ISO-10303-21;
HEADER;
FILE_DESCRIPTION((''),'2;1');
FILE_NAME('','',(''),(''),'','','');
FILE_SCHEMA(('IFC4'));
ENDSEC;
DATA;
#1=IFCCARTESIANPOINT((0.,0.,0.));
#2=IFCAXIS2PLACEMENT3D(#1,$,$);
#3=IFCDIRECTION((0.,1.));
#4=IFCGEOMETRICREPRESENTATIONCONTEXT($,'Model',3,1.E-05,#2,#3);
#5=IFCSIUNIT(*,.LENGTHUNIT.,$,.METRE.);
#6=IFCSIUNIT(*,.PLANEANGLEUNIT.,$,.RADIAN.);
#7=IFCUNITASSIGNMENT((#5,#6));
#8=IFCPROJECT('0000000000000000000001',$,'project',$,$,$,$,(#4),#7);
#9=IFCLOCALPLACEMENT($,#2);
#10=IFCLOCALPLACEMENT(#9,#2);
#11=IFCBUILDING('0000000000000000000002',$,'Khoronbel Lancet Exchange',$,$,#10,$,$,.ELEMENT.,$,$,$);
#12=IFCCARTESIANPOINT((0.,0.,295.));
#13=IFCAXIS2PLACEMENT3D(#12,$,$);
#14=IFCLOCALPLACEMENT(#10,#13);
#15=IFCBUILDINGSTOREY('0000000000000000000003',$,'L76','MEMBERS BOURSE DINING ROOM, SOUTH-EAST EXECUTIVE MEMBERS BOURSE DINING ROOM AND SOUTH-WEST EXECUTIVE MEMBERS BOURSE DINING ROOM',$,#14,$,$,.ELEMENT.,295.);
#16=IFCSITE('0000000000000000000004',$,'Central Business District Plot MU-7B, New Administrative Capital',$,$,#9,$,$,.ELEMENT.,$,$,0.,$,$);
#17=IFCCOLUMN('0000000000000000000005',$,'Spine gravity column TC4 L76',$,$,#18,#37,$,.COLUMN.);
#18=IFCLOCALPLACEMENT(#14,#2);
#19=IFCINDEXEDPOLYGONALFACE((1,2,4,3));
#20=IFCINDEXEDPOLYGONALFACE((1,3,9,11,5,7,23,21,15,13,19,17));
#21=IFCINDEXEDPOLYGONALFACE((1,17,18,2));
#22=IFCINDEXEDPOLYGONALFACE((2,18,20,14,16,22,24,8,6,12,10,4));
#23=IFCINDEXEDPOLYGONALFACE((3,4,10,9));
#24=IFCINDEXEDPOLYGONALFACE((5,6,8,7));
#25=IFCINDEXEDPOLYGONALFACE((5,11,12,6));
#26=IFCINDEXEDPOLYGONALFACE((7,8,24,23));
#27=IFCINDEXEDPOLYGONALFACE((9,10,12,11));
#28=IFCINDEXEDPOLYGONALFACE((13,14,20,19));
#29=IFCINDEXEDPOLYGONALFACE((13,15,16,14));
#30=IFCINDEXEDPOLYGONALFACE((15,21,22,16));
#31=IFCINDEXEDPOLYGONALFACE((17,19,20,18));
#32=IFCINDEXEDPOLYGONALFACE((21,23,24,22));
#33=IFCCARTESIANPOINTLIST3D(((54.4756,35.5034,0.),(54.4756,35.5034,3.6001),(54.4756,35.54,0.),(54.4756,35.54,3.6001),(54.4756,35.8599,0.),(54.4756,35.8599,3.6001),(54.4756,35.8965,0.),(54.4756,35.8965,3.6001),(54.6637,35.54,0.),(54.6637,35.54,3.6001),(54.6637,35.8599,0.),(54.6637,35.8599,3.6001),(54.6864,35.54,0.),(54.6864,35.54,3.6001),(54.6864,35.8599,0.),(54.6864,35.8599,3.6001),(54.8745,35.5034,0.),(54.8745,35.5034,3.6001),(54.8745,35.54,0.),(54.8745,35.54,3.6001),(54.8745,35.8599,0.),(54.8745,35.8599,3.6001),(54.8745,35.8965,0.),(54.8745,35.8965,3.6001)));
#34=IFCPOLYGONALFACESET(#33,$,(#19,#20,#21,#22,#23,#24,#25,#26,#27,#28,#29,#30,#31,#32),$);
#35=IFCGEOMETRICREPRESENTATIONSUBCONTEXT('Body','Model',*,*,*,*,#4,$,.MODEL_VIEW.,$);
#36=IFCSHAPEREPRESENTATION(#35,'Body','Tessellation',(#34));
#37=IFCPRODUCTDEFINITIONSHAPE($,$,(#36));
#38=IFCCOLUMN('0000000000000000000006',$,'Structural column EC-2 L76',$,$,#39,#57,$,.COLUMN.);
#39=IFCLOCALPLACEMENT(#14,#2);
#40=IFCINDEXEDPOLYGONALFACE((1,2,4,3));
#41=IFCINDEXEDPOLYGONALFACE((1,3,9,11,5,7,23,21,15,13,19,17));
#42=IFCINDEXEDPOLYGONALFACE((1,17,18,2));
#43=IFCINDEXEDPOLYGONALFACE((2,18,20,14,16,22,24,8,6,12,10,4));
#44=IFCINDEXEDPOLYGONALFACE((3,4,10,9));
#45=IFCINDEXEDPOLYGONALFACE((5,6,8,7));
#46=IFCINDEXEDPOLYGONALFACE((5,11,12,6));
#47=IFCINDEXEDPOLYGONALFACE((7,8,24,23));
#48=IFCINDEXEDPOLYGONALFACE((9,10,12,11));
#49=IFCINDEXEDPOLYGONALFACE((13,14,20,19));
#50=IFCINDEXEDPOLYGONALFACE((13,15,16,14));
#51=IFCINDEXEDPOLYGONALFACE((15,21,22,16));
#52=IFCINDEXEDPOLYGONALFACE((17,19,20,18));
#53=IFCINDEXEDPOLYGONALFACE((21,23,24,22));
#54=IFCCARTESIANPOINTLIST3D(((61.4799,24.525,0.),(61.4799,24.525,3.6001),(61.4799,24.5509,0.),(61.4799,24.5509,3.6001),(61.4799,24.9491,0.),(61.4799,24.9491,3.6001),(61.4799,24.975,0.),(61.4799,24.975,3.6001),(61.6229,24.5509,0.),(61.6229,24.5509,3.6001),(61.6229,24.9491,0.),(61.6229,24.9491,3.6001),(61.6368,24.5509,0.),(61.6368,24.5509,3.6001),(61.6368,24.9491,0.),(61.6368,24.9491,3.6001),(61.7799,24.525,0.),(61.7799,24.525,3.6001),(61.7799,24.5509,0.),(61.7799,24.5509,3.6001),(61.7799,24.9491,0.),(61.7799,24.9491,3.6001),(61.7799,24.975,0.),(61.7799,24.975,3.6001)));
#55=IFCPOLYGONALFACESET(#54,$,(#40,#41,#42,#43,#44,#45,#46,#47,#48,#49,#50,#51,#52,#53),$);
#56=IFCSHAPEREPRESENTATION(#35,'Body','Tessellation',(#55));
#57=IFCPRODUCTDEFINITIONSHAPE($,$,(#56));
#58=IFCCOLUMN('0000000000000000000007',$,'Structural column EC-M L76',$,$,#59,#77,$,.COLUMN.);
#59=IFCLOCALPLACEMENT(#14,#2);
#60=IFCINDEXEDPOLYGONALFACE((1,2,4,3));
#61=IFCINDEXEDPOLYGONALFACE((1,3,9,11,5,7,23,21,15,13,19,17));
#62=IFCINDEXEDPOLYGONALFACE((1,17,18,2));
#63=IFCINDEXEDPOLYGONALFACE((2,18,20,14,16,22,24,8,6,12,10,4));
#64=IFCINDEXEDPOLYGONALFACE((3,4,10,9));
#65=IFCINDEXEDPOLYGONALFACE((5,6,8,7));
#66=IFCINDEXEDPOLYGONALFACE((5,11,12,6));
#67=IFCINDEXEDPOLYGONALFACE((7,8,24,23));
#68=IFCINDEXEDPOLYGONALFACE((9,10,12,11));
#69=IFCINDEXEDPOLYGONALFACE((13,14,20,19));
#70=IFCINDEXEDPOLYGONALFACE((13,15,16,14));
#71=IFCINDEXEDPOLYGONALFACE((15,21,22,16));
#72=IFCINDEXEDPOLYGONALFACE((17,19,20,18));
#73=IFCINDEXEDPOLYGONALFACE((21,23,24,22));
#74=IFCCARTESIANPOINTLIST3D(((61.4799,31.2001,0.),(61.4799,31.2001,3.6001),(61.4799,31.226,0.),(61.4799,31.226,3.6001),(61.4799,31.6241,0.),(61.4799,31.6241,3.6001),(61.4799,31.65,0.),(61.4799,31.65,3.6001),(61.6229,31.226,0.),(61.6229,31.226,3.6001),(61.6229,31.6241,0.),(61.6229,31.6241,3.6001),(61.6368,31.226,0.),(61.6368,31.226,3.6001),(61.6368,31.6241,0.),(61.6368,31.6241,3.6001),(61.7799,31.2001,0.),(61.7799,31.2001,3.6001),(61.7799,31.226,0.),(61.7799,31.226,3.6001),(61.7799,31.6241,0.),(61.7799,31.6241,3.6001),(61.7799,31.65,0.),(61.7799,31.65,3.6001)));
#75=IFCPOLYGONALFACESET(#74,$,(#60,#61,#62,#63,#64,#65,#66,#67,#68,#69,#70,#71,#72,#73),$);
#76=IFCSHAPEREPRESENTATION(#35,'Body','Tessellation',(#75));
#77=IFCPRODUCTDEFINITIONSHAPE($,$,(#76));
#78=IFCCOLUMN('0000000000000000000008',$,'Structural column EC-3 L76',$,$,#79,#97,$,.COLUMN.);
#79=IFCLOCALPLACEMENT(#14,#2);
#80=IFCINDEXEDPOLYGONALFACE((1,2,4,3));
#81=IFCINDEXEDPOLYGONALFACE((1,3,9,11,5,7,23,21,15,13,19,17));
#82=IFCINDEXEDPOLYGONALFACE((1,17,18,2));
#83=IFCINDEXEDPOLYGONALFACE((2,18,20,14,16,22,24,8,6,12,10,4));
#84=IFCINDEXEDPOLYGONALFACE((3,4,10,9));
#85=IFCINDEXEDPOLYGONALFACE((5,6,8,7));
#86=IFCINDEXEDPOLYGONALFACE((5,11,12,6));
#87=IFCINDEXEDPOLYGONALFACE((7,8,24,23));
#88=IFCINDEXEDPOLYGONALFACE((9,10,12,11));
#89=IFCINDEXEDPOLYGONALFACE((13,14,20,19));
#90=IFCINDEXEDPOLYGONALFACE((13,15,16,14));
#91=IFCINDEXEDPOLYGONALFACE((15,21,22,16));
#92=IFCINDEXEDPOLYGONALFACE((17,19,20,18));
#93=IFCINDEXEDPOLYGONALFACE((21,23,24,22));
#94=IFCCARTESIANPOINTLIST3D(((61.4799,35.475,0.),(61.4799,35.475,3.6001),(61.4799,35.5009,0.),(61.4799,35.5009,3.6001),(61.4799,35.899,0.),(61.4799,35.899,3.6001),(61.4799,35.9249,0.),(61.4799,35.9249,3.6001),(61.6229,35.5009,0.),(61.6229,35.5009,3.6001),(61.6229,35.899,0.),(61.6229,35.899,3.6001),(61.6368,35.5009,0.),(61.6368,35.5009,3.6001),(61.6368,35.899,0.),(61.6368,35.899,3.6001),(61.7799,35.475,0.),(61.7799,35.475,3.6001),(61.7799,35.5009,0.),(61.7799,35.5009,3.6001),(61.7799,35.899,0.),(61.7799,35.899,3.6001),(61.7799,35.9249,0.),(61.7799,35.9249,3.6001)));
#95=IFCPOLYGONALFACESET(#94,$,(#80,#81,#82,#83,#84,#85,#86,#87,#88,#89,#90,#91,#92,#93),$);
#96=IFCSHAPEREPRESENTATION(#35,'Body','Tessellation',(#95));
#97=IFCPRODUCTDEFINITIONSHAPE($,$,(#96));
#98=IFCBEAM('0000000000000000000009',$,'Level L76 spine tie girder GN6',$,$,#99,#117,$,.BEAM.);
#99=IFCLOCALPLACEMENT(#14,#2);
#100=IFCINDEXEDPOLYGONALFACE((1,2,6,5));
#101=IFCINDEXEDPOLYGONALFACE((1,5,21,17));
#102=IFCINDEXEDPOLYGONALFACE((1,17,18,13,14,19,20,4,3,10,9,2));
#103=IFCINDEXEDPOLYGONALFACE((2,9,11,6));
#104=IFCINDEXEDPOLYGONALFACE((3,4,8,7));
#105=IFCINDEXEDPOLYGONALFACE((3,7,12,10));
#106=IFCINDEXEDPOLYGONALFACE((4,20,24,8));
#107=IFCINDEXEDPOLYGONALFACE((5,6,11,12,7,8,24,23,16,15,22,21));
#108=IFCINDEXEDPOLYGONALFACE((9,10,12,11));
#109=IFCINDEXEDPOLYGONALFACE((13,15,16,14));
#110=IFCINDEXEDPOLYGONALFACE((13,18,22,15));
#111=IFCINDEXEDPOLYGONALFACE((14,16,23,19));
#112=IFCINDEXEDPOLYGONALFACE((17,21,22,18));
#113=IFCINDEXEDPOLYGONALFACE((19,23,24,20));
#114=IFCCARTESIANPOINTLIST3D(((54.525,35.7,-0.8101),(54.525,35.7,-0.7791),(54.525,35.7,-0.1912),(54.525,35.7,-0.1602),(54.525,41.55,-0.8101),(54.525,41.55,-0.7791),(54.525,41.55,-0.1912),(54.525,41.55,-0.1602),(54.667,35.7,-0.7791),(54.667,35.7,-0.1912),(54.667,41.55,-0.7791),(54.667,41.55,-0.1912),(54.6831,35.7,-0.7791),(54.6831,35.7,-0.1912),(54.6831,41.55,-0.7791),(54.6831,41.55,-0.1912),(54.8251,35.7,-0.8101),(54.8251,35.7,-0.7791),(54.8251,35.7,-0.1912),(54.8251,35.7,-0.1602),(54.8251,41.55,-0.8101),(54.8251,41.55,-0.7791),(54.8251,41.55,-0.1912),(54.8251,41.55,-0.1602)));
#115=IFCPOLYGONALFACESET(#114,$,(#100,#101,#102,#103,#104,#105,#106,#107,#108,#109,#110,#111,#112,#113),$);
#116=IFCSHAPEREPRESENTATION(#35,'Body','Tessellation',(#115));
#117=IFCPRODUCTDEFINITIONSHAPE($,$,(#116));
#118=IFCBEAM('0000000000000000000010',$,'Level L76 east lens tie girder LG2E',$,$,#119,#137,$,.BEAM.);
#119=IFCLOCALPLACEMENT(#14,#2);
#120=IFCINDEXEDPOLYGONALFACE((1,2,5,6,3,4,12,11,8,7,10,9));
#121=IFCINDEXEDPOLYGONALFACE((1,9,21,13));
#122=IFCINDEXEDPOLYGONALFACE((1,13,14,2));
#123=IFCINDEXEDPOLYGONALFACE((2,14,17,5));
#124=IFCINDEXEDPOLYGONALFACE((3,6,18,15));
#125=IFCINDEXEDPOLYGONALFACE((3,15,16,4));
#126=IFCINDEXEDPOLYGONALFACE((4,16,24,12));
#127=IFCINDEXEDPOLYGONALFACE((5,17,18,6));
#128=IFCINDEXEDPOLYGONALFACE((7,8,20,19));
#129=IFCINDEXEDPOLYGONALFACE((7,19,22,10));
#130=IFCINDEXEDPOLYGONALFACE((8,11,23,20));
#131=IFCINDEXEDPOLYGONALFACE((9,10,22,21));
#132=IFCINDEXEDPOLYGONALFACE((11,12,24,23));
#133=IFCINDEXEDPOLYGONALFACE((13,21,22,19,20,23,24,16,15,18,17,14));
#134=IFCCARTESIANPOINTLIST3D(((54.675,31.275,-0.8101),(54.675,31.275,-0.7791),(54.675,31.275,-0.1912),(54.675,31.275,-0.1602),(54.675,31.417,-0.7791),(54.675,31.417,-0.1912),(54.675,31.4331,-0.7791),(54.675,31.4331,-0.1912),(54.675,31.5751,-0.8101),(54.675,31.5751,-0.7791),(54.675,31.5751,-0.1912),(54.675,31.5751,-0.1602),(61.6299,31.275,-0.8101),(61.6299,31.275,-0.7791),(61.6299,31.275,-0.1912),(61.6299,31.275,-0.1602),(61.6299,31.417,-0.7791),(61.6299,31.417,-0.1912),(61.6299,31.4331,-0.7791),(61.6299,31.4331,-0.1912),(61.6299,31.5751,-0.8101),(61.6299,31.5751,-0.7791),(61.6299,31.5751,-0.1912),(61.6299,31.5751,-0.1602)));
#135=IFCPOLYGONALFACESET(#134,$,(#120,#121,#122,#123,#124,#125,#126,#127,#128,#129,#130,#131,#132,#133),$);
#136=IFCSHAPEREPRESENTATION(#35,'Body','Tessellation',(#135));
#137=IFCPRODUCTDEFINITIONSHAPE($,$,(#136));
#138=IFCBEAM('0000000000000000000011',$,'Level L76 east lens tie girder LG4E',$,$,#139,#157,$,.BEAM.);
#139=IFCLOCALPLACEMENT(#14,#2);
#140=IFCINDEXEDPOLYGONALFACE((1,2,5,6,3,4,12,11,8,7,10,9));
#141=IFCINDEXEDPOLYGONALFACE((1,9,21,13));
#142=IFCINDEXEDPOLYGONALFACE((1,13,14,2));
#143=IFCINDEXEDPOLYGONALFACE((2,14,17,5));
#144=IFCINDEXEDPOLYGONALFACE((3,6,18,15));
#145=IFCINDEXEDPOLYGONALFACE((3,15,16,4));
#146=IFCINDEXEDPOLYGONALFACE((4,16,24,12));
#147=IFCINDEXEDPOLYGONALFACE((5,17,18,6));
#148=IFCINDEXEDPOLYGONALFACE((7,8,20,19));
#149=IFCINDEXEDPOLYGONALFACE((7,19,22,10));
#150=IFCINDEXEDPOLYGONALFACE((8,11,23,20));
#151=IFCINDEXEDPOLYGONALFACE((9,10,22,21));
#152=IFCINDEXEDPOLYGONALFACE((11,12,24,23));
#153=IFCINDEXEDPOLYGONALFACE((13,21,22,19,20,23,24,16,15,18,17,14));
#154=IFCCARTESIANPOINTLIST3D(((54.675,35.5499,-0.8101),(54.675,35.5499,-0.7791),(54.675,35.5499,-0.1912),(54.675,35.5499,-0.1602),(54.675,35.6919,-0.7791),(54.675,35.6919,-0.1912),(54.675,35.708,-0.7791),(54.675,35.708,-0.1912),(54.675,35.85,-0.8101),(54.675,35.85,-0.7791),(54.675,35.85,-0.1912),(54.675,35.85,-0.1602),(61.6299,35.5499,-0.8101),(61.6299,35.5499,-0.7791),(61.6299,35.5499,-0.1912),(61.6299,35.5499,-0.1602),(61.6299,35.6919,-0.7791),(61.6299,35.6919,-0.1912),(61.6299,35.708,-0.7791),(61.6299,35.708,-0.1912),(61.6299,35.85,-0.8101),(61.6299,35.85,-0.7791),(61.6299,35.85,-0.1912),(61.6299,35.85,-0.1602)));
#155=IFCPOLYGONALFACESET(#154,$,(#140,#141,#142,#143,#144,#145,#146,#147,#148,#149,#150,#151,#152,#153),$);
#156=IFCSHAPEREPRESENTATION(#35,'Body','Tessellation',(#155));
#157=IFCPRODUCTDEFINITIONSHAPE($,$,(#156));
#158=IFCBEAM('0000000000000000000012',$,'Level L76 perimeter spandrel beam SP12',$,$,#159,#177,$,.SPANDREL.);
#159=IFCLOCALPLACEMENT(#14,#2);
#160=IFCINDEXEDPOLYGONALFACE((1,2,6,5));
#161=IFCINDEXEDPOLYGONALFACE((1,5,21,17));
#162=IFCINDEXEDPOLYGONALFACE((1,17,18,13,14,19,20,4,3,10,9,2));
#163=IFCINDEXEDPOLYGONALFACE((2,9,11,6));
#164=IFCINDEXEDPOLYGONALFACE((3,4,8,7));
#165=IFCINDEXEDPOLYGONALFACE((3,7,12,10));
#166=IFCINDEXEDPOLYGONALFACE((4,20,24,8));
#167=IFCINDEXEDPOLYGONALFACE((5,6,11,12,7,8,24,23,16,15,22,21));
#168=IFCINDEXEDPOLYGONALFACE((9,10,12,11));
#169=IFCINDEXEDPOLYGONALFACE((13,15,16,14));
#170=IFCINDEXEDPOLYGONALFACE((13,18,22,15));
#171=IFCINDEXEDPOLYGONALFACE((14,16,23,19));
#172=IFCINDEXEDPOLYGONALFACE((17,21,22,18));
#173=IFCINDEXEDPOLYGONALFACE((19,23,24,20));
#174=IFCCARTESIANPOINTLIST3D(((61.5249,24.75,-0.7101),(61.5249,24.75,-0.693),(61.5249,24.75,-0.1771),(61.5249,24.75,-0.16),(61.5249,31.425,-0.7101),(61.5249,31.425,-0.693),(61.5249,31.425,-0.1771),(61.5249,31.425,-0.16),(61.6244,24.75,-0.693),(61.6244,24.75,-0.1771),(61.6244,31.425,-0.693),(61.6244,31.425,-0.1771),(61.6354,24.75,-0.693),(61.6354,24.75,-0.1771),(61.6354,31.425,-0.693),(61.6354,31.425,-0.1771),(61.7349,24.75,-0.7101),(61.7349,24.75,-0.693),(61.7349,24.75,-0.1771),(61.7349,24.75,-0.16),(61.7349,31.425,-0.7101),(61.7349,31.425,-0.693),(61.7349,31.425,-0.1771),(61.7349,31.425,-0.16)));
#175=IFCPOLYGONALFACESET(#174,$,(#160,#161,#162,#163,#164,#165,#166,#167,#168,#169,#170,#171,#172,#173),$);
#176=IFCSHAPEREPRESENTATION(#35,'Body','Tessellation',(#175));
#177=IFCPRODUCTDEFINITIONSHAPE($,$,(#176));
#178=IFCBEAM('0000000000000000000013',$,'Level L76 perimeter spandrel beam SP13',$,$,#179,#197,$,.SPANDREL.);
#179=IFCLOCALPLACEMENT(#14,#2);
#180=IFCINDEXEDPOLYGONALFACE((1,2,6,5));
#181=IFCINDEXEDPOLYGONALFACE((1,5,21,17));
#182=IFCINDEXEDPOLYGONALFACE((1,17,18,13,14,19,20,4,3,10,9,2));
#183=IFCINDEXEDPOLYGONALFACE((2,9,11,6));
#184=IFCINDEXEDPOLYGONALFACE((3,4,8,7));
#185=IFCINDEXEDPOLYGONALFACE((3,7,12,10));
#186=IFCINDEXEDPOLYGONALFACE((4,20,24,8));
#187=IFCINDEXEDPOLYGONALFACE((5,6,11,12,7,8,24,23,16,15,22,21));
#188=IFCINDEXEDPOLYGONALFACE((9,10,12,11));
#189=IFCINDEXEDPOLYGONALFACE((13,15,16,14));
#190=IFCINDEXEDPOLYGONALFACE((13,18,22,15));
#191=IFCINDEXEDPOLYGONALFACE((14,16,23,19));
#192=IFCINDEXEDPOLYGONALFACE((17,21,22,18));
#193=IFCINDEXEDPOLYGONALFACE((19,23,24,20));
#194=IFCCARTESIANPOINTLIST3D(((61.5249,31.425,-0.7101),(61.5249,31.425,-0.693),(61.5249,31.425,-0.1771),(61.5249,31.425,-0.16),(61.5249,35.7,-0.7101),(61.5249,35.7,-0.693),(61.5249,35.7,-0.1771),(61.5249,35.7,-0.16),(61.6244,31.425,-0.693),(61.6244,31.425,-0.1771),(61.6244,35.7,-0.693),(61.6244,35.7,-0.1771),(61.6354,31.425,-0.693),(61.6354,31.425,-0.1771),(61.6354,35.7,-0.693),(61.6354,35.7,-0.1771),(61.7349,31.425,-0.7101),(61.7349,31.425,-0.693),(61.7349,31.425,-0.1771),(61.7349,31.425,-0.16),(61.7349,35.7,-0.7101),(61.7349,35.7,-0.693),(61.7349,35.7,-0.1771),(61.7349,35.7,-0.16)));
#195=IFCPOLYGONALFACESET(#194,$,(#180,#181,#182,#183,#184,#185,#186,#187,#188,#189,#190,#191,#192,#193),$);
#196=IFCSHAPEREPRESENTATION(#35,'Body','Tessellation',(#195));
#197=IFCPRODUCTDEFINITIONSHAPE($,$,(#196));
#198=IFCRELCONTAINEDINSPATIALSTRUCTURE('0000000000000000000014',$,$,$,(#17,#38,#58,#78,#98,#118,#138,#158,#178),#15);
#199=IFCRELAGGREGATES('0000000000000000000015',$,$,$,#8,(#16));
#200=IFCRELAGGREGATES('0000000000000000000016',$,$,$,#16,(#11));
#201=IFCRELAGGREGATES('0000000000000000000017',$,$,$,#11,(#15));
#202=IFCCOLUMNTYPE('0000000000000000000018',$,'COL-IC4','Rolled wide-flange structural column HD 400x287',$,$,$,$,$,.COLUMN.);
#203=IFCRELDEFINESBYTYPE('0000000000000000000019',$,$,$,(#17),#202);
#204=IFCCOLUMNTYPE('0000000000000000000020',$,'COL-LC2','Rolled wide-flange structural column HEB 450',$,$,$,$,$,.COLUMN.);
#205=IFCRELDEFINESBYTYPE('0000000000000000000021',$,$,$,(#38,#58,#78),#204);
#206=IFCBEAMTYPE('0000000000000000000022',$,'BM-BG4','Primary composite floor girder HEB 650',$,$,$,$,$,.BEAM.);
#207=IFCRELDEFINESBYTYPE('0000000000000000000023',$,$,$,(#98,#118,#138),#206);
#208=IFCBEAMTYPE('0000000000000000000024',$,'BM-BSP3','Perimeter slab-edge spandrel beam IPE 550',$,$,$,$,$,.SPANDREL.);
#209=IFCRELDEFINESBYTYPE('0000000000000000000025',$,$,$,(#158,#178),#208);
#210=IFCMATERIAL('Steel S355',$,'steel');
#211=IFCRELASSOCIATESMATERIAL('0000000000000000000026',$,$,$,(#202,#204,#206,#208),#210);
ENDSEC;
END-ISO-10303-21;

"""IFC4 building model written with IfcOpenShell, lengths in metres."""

from ifc_helpers import new_model, si_unit, direction, frame, origin, origin_2d, place, context, subcontext, project, spatial, i_section, extrude, material, material_profile, profile_set, type_object, element, save


model = new_model("IFC4")

# Units and contexts
model_context = context("Model", 3, precision=1e-05, world=origin(), true_north=direction((0.0, 1.0)))
body_context = subcontext(model_context, "Body", "Model", "MODEL_VIEW")
ifc_project = project(units=[si_unit("LENGTHUNIT", "METRE"), si_unit("PLANEANGLEUNIT", "RADIAN")], contexts=[model_context])

# Site, building, storey
site_placement = place(None, origin())
site = spatial("IfcSite", under=ifc_project, at=site_placement, Name="Central Business District Plot MU-7B, New Administrative Capital", CompositionType="ELEMENT", RefElevation=0.0)
building_placement = place(site_placement, origin())
building = spatial("IfcBuilding", under=site, at=building_placement, Name="Khoronbel Lancet Exchange", CompositionType="ELEMENT")
storey_placement = place(building_placement, frame((0.0, 0.0, 295.0)))
storey = spatial("IfcBuildingStorey", under=building, at=storey_placement, Name="L76", Description="MEMBERS BOURSE DINING ROOM, SOUTH-EAST EXECUTIVE MEMBERS BOURSE DINING ROOM AND SOUTH-WEST EXECUTIVE MEMBERS BOURSE DINING ROOM", CompositionType="ELEMENT", Elevation=295.0)

# Columns
ifc_material_1 = material(Name="Steel S355", Category="steel")
ifc_material_profile_1 = material_profile(ifc_material_1, i_section(OverallWidth=0.3989, OverallDepth=0.3931, WebThickness=0.0227, FlangeThickness=0.0366, at=origin_2d()), Name="HD 400x287")
ifc_profile_set_1 = profile_set([ifc_material_profile_1], Name="Steel S355")
column_type_1 = type_object("IfcColumnType", Name="COL-IC4", Description="Rolled wide-flange structural column HD 400x287", PredefinedType="COLUMN", material=ifc_profile_set_1)
column_placement = place(storey_placement, frame((54.675, 35.7, 0.0), z_axis=(0.0, 0.0, 1.0), x_axis=(1.0, 0.0, 0.0)))
element("IfcColumn", 1, at=column_placement, inside=storey, type_object=column_type_1, Name="Spine gravity column TC4 L76", PredefinedType="COLUMN", context=body_context, shape_type="SweptSolid", body=[
    extrude(i_section(OverallWidth=0.3989, OverallDepth=0.3931, WebThickness=0.0227, FlangeThickness=0.0366, at=origin_2d()), origin(), (0.0, 0.0, 1.0), 3.6001),
])
ifc_material_profile_2 = material_profile(ifc_material_1, i_section(OverallWidth=0.3, OverallDepth=0.45, WebThickness=0.0139, FlangeThickness=0.0259, at=origin_2d()), Name="HEB 450")
ifc_profile_set_2 = profile_set([ifc_material_profile_2], Name="Steel S355")
column_type_2 = type_object("IfcColumnType", Name="COL-LC2", Description="Rolled wide-flange structural column HEB 450", PredefinedType="COLUMN", material=ifc_profile_set_2)
for number, where, z_axis, x_axis, name in (
    (2, (61.6299, 24.75, 0.0), (0.0, 0.0, 1.0), (1.0, 0.0, 0.0), "Structural column EC-2 L76"),
    (3, (61.6299, 31.425, 0.0), (0.0, 0.0, 1.0), (1.0, 0.0, 0.0), "Structural column EC-M L76"),
    (4, (61.6299, 35.7, 0.0), (0.0, 0.0, 1.0), (1.0, 0.0, 0.0), "Structural column EC-3 L76"),
):
    element("IfcColumn", number, at=place(storey_placement, frame(where, z_axis=z_axis, x_axis=x_axis)), inside=storey, type_object=column_type_2, Name=name, PredefinedType="COLUMN", context=body_context, shape_type="SweptSolid", body=[
        extrude(i_section(OverallWidth=0.3, OverallDepth=0.45, WebThickness=0.0139, FlangeThickness=0.0259, at=origin_2d()), origin(), (0.0, 0.0, 1.0), 3.6001),
    ])

# Beams
ifc_material_profile_3 = material_profile(ifc_material_1, i_section(OverallWidth=0.3, OverallDepth=0.6499, WebThickness=0.0161, FlangeThickness=0.031, at=origin_2d()), Name="HEB 650")
ifc_profile_set_3 = profile_set([ifc_material_profile_3], Name="Steel S355")
beam_type_1 = type_object("IfcBeamType", Name="BM-BG4", Description="Primary composite floor girder HEB 650", PredefinedType="BEAM", material=ifc_profile_set_3)
beam_1_placement = place(storey_placement, frame((54.675, 35.7, -0.4851), z_axis=(0.0, 1.0, 0.0), x_axis=(-1.0, 0.0, 0.0)))
element("IfcBeam", 5, at=beam_1_placement, inside=storey, type_object=beam_type_1, Name="Level L76 spine tie girder GN6", PredefinedType="BEAM", context=body_context, shape_type="SweptSolid", body=[
    extrude(i_section(OverallWidth=0.3, OverallDepth=0.6499, WebThickness=0.0161, FlangeThickness=0.031, at=origin_2d()), origin(), (0.0, 0.0, 1.0), 5.8501),
])
for number, where, z_axis, x_axis, name in (
    (6, (54.675, 31.425, -0.4851), (1.0, 0.0, 0.0), (0.0, 1.0, 0.0), "Level L76 east lens tie girder LG2E"),
    (7, (54.675, 35.7, -0.4851), (1.0, 0.0, 0.0), (0.0, 1.0, 0.0), "Level L76 east lens tie girder LG4E"),
):
    element("IfcBeam", number, at=place(storey_placement, frame(where, z_axis=z_axis, x_axis=x_axis)), inside=storey, type_object=beam_type_1, Name=name, PredefinedType="BEAM", context=body_context, shape_type="SweptSolid", body=[
        extrude(i_section(OverallWidth=0.3, OverallDepth=0.6499, WebThickness=0.0161, FlangeThickness=0.031, at=origin_2d()), origin(), (0.0, 0.0, 1.0), 6.9548),
    ])
ifc_material_profile_4 = material_profile(ifc_material_1, i_section(OverallWidth=0.21, OverallDepth=0.55, WebThickness=0.011, FlangeThickness=0.0171, at=origin_2d()), Name="IPE 550")
ifc_profile_set_4 = profile_set([ifc_material_profile_4], Name="Steel S355")
beam_type_2 = type_object("IfcBeamType", Name="BM-BSP3", Description="Perimeter slab-edge spandrel beam IPE 550", PredefinedType="SPANDREL", material=ifc_profile_set_4)
beam_2_placement = place(storey_placement, frame((61.6299, 24.75, -0.4351), z_axis=(0.0, 1.0, 0.0), x_axis=(-1.0, 0.0, 0.0)))
element("IfcBeam", 8, at=beam_2_placement, inside=storey, type_object=beam_type_2, Name="Level L76 perimeter spandrel beam SP12", PredefinedType="SPANDREL", context=body_context, shape_type="SweptSolid", body=[
    extrude(i_section(OverallWidth=0.21, OverallDepth=0.55, WebThickness=0.011, FlangeThickness=0.0171, at=origin_2d()), origin(), (0.0, 0.0, 1.0), 6.675),
])
beam_3_placement = place(storey_placement, frame((61.6299, 31.425, -0.4351), z_axis=(0.0, 1.0, 0.0), x_axis=(-1.0, 0.0, 0.0)))
element("IfcBeam", 9, at=beam_3_placement, inside=storey, type_object=beam_type_2, Name="Level L76 perimeter spandrel beam SP13", PredefinedType="SPANDREL", context=body_context, shape_type="SweptSolid", body=[
    extrude(i_section(OverallWidth=0.21, OverallDepth=0.55, WebThickness=0.011, FlangeThickness=0.0171, at=origin_2d()), origin(), (0.0, 0.0, 1.0), 4.2749),
])

save(model, "model.ifc")
